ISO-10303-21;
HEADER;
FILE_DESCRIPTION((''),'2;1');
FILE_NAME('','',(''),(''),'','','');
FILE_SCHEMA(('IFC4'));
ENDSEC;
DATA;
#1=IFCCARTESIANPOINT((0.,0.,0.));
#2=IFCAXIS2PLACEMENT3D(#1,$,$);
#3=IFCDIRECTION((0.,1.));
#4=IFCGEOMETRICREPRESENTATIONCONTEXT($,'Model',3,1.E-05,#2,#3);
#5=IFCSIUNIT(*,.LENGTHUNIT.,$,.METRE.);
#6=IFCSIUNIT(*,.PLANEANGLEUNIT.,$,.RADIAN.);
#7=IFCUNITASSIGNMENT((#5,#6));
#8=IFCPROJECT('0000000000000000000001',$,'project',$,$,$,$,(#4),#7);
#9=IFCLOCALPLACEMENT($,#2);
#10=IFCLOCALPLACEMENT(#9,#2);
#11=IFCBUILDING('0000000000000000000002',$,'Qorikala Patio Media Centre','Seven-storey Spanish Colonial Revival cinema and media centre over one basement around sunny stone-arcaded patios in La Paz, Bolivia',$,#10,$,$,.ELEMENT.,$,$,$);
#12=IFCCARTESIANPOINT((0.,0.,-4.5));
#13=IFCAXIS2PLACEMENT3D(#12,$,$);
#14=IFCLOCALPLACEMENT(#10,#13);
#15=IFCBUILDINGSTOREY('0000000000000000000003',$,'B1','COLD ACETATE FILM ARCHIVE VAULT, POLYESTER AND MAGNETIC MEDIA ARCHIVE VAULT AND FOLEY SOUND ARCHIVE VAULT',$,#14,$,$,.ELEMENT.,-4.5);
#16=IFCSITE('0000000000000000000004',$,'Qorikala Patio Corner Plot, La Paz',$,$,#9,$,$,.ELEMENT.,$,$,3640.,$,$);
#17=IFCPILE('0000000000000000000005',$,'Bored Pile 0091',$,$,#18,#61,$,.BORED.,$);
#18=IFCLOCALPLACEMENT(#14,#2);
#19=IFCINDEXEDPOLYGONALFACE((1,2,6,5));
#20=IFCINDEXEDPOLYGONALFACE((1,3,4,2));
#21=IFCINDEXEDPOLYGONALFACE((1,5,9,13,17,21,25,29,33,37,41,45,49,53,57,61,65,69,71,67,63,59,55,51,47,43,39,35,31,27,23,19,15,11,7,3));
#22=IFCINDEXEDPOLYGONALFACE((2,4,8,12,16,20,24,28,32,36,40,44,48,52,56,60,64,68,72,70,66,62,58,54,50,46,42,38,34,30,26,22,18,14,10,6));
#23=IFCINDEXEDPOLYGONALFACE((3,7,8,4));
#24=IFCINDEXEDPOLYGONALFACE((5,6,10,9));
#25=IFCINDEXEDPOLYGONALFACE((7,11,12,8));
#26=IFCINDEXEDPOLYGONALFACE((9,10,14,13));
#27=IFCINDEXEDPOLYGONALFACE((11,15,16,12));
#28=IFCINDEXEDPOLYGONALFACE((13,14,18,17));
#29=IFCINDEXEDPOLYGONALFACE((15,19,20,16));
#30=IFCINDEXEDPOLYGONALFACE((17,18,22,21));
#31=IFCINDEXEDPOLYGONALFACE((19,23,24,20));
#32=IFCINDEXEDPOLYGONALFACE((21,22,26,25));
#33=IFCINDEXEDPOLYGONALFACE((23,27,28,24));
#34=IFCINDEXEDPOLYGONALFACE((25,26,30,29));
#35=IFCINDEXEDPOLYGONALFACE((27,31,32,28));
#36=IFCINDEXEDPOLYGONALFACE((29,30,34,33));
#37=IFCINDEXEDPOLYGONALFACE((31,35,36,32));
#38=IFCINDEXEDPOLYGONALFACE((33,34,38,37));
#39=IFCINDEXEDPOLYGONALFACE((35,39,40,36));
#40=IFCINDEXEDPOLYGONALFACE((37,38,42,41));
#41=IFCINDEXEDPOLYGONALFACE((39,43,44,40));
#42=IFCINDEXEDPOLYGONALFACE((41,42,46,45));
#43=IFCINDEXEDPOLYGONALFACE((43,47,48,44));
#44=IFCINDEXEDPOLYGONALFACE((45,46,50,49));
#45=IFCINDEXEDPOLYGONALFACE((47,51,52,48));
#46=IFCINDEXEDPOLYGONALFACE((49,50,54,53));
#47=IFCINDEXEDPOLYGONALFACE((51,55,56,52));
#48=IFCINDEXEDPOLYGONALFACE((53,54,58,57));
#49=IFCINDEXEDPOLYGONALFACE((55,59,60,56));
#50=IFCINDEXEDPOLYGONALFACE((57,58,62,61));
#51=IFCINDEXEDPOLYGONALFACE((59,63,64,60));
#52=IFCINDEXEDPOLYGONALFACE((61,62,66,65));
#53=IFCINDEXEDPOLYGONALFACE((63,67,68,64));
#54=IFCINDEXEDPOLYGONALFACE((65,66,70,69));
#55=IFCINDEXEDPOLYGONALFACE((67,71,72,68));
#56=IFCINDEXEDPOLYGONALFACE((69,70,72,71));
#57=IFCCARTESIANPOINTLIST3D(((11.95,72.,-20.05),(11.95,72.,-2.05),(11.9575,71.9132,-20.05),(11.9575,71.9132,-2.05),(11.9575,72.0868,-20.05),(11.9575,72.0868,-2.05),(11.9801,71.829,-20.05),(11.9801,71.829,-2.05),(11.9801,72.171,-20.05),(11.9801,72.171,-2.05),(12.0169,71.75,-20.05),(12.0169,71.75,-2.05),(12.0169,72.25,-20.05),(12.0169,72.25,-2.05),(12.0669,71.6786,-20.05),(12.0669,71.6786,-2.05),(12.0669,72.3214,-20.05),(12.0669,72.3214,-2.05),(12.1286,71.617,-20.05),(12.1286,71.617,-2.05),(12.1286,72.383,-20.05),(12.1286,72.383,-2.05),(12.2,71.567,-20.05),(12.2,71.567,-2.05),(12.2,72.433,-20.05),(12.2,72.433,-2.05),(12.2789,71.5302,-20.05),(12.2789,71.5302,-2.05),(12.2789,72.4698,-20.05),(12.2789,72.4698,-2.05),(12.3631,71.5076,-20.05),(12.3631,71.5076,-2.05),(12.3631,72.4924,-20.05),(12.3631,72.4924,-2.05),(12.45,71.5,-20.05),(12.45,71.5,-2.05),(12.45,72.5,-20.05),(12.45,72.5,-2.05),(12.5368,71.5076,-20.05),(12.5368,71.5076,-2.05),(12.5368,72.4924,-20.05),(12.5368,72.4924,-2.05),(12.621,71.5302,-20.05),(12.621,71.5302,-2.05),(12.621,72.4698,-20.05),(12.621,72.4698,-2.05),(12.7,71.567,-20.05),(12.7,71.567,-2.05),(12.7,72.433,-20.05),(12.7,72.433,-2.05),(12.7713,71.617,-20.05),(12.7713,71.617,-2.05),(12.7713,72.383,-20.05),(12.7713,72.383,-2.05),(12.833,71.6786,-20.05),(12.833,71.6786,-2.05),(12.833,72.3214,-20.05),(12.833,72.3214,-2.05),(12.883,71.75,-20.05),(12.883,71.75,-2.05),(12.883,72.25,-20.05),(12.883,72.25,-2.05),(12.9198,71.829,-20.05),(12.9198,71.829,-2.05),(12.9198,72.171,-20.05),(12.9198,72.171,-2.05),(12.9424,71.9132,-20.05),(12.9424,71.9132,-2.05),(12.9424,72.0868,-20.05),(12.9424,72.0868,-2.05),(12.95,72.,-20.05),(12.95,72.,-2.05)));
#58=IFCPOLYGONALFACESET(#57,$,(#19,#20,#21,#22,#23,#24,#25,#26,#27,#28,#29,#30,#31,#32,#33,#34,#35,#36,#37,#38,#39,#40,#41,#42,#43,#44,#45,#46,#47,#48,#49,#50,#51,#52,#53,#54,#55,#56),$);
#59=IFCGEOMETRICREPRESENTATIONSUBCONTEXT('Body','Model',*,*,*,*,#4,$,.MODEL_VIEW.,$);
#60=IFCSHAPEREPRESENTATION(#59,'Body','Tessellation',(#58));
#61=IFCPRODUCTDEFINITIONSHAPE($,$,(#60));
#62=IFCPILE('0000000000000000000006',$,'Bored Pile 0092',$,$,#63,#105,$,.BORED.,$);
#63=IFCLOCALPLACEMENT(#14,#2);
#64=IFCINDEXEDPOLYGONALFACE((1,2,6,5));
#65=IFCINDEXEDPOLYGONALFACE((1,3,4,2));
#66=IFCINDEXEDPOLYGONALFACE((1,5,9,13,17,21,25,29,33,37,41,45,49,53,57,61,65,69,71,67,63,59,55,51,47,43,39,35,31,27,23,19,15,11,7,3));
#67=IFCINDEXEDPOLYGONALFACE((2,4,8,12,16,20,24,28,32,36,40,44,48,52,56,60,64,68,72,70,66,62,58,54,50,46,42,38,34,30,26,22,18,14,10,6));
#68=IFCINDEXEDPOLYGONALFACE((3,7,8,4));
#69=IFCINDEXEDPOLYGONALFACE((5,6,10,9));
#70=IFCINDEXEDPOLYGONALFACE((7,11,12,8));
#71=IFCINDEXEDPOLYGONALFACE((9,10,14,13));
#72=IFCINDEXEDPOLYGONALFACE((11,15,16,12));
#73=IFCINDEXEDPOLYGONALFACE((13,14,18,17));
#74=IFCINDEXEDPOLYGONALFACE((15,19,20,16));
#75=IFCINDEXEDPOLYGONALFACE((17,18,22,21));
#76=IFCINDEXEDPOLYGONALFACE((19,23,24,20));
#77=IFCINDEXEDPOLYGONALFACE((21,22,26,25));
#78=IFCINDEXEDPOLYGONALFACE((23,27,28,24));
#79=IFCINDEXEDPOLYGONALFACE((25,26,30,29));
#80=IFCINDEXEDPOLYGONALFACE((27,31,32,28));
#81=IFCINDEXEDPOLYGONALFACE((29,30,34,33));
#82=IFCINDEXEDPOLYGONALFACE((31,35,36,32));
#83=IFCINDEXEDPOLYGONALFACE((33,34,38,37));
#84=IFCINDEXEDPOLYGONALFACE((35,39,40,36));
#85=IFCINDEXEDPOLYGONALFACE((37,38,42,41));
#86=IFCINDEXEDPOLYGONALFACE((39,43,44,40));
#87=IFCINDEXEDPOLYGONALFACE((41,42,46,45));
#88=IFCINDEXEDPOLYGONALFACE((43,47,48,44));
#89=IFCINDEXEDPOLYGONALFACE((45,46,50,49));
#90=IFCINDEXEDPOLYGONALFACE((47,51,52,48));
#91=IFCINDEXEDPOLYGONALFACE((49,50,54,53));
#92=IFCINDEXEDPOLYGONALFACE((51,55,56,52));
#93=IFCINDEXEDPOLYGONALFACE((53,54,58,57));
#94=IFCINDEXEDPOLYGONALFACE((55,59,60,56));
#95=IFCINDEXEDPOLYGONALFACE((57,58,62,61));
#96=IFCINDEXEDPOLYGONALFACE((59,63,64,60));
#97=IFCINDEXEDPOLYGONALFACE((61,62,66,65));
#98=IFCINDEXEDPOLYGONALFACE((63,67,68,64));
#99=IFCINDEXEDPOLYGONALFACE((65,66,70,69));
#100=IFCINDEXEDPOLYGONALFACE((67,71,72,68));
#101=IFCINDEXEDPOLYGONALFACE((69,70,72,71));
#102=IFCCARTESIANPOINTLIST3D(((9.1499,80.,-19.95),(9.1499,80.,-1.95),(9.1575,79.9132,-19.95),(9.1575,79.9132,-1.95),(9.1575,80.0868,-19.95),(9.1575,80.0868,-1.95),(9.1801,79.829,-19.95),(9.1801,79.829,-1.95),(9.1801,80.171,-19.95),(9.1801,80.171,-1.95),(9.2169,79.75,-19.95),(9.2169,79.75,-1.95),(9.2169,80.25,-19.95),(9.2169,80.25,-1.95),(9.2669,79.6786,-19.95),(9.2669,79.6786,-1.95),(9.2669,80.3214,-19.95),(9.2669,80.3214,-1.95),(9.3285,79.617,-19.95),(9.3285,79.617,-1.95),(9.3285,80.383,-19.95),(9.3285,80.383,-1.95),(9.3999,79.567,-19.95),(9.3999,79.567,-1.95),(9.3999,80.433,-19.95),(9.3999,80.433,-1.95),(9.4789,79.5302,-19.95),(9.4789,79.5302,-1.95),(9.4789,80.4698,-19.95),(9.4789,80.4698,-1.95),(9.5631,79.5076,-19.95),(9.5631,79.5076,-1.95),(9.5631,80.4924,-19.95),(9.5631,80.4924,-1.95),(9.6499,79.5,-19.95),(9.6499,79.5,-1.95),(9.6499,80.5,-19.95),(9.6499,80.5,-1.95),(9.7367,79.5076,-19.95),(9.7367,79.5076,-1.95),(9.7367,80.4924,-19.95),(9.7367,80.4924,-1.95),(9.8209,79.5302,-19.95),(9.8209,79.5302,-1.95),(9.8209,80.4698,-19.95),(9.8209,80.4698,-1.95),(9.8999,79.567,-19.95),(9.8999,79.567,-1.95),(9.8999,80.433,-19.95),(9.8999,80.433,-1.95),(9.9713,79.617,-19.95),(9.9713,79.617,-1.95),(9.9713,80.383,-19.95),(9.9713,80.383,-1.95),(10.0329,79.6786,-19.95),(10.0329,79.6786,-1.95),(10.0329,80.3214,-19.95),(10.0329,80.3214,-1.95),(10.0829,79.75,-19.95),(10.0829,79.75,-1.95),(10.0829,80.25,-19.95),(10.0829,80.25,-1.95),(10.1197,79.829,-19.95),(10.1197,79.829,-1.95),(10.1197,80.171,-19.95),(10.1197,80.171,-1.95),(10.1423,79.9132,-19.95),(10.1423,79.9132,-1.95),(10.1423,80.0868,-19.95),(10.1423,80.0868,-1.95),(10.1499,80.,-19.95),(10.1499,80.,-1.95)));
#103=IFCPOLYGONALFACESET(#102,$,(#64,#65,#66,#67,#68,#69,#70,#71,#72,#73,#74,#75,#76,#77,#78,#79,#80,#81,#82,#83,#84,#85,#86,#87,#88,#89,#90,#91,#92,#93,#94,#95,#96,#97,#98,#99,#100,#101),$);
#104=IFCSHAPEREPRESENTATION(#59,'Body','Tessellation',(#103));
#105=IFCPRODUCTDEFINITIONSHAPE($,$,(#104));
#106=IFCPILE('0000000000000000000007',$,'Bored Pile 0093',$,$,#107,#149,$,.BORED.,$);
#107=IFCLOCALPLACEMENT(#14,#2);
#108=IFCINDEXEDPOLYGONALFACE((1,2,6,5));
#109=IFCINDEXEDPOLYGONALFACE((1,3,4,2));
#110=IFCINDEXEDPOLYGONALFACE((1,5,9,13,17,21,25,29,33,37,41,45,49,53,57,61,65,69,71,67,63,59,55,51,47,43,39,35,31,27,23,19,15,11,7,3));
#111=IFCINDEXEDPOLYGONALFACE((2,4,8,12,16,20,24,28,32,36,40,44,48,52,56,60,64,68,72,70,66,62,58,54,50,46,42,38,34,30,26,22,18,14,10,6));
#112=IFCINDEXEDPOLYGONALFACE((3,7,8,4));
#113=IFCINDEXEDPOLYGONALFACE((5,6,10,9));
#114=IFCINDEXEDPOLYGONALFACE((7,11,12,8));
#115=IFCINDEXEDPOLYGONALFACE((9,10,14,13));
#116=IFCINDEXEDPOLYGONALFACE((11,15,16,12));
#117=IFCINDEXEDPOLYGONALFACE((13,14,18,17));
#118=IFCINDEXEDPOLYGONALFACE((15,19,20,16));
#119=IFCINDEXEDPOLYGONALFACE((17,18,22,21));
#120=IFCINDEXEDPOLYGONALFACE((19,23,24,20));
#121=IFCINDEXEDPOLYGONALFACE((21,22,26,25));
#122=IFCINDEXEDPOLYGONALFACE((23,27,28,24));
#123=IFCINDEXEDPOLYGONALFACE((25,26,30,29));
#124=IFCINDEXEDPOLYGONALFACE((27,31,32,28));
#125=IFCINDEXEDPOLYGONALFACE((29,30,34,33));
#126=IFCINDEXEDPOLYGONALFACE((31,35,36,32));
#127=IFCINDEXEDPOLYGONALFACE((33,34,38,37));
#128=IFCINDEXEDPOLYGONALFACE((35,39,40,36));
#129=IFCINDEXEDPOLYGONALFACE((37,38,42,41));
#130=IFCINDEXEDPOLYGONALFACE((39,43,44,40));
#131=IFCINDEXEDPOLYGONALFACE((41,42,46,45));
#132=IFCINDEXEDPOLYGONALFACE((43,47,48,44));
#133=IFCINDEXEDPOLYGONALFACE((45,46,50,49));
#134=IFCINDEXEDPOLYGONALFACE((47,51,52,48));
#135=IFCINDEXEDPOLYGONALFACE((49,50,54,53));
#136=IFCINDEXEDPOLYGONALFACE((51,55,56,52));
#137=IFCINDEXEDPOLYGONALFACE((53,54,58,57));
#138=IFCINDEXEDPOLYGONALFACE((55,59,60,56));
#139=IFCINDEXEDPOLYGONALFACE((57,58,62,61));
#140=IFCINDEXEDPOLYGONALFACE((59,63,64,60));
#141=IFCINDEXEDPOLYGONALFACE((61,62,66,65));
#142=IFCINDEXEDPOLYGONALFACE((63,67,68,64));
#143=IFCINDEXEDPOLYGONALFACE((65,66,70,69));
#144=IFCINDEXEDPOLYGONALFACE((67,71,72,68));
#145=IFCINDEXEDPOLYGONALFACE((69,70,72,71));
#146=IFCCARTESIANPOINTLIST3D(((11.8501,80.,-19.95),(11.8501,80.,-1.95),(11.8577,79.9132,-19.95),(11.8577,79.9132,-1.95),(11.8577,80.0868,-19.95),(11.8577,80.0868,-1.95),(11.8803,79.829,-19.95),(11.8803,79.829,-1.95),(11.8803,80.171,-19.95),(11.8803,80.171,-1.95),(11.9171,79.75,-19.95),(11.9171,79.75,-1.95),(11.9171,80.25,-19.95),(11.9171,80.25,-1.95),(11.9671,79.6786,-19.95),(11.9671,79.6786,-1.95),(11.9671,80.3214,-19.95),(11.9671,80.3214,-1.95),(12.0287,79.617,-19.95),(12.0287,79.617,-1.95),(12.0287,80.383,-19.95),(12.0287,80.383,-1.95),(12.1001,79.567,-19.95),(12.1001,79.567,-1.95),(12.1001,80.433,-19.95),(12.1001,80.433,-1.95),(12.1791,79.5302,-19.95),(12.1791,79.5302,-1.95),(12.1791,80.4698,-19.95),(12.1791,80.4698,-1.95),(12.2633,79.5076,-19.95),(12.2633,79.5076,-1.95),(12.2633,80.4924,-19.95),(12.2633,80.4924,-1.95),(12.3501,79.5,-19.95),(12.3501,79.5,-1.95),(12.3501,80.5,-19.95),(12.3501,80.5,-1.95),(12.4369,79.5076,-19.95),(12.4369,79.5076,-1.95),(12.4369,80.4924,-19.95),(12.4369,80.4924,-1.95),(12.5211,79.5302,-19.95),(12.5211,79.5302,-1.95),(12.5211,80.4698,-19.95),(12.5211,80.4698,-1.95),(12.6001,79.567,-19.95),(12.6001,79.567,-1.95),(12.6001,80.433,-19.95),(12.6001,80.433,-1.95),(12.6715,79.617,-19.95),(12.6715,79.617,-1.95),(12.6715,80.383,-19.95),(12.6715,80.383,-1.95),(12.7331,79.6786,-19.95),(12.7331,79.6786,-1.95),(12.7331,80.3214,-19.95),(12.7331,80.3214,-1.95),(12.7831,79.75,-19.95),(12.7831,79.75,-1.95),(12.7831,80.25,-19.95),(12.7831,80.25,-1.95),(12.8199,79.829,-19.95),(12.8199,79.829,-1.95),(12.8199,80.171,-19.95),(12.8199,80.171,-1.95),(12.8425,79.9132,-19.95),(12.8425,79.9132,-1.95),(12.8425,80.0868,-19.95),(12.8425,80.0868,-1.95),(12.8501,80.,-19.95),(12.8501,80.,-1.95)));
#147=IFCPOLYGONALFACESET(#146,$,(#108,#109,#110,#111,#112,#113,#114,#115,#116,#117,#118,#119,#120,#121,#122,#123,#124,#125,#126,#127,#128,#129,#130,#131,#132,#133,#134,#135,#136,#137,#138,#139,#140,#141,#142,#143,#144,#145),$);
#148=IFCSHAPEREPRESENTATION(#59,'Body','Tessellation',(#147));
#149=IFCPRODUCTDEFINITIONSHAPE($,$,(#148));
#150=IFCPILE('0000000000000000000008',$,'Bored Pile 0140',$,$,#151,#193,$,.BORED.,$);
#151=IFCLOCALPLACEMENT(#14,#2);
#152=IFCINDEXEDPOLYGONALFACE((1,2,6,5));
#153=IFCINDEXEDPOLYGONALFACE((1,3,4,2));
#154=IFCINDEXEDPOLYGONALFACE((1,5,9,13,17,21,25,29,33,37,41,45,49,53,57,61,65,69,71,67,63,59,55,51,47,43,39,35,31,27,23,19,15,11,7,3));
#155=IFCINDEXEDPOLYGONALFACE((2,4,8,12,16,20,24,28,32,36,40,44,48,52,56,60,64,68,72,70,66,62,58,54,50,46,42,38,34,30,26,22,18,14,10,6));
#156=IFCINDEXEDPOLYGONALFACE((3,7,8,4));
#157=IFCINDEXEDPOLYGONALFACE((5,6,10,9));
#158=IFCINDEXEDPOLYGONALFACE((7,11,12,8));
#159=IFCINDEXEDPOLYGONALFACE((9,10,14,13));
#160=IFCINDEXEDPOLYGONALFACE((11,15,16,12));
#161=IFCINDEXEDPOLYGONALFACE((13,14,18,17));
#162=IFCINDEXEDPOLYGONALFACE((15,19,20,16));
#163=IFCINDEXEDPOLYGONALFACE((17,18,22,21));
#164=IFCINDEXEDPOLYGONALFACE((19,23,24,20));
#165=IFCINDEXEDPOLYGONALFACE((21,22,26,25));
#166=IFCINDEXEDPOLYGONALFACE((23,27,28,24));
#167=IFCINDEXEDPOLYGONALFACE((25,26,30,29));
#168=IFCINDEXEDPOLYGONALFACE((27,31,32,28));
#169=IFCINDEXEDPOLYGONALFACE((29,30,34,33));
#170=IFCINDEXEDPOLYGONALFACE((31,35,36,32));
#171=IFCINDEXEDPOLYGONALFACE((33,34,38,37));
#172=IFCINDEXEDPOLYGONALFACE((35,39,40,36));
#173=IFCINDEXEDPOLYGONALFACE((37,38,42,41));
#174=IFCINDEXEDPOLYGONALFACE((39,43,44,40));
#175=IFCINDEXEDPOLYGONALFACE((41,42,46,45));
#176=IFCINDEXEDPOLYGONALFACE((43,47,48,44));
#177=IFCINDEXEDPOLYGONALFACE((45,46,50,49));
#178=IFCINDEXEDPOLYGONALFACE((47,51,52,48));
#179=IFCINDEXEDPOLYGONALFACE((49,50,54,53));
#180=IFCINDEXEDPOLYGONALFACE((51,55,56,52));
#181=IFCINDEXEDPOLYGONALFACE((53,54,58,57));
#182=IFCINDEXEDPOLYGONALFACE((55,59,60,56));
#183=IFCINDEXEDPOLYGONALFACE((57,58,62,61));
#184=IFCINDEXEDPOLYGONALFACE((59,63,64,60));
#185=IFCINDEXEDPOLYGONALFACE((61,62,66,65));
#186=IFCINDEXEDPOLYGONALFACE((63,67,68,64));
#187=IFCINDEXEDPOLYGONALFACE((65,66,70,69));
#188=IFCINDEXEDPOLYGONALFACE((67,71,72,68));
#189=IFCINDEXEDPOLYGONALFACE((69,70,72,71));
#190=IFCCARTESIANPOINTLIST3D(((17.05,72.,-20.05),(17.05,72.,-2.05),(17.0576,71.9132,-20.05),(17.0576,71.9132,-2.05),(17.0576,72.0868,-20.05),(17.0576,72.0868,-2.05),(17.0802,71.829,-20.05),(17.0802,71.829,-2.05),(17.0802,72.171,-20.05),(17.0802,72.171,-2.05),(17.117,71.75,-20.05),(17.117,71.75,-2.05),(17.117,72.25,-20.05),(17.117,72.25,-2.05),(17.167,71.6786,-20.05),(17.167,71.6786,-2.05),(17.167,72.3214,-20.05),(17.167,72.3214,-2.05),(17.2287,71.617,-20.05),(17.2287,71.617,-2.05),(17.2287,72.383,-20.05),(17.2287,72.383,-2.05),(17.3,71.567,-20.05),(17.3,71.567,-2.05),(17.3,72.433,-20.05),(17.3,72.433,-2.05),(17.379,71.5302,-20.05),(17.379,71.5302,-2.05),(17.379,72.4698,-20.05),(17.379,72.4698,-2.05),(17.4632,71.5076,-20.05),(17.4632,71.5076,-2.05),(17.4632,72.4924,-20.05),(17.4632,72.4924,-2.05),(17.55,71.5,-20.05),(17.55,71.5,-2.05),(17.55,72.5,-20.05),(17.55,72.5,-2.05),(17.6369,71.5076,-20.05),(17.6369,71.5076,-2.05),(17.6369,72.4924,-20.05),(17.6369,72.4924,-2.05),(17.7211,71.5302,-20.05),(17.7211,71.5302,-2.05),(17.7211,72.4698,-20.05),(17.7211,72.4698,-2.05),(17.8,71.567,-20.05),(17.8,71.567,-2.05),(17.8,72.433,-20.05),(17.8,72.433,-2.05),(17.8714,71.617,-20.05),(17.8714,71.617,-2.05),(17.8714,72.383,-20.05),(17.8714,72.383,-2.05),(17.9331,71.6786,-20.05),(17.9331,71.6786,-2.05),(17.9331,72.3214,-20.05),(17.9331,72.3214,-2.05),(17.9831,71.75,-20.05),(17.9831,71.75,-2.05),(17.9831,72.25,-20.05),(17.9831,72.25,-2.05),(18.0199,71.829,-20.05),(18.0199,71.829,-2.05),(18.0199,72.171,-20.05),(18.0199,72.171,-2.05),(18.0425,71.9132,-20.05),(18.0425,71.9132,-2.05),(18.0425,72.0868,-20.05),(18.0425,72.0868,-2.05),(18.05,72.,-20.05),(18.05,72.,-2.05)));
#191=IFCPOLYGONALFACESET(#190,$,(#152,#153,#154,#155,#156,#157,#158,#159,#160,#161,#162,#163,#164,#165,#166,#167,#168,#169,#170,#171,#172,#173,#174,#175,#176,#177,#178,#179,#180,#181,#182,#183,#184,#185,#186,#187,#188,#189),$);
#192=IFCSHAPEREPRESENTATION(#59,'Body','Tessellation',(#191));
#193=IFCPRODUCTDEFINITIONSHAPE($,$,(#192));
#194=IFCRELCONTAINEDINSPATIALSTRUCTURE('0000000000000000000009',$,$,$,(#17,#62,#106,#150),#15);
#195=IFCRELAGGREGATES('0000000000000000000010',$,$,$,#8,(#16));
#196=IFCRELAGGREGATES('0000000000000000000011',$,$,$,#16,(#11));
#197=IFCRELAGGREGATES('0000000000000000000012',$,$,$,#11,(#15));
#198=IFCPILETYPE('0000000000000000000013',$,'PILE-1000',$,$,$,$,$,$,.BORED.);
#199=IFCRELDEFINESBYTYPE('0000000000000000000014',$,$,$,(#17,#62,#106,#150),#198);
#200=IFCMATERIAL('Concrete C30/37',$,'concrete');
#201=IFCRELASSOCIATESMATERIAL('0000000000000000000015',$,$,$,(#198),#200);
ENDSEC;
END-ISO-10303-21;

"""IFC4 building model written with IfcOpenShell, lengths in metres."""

from ifc_helpers import new_model, si_unit, direction, frame, origin, origin_2d, place, context, subcontext, project, spatial, circle, extrude, material, material_profile, profile_set, type_object, element, save


model = new_model("IFC4")

# Units and contexts
model_context = context("Model", 3, precision=1e-05, world=origin(), true_north=direction((0.0, 1.0)))
body_context = subcontext(model_context, "Body", "Model", "MODEL_VIEW")
ifc_project = project(units=[si_unit("LENGTHUNIT", "METRE"), si_unit("PLANEANGLEUNIT", "RADIAN")], contexts=[model_context])

# Site, building, storey
site_placement = place(None, origin())
site = spatial("IfcSite", under=ifc_project, at=site_placement, Name="Qorikala Patio Corner Plot, La Paz", CompositionType="ELEMENT", RefElevation=3640.0)
building_placement = place(site_placement, origin())
building = spatial("IfcBuilding", under=site, at=building_placement, Name="Qorikala Patio Media Centre", Description="Seven-storey Spanish Colonial Revival cinema and media centre over one basement around sunny stone-arcaded patios in La Paz, Bolivia", CompositionType="ELEMENT")
storey_placement = place(building_placement, frame((0.0, 0.0, -4.5)))
storey = spatial("IfcBuildingStorey", under=building, at=storey_placement, Name="B1", Description="COLD ACETATE FILM ARCHIVE VAULT, POLYESTER AND MAGNETIC MEDIA ARCHIVE VAULT AND FOLEY SOUND ARCHIVE VAULT", CompositionType="ELEMENT", Elevation=-4.5)

# Shared definitions
ifc_material_1 = material(Name="Concrete C30/37", Category="concrete")

# Piles
ifc_material_profile_1 = material_profile(ifc_material_1, circle(Radius=0.5, at=origin_2d()), Name="BORED PILE 1000")
ifc_profile_set_1 = profile_set([ifc_material_profile_1], Name="Concrete C30/37")
pile_type_1 = type_object("IfcPileType", Name="PILE-1000", PredefinedType="BORED", material=ifc_profile_set_1)
for number, where, z_axis, x_axis, name in (
    (1, (12.45, 72.0, -2.05), (0.0, 0.0, -1.0), (1.0, 0.0, 0.0), "Bored Pile 0091"),
    (2, (9.6499, 80.0, -1.95), (0.0, 0.0, -1.0), (1.0, 0.0, 0.0), "Bored Pile 0092"),
    (3, (12.3501, 80.0, -1.95), (0.0, 0.0, -1.0), (1.0, 0.0, 0.0), "Bored Pile 0093"),
    (4, (17.55, 72.0, -2.05), (0.0, 0.0, -1.0), (1.0, 0.0, 0.0), "Bored Pile 0140"),
):
    element("IfcPile", number, at=place(storey_placement, frame(where, z_axis=z_axis, x_axis=x_axis)), inside=storey, type_object=pile_type_1, Name=name, PredefinedType="BORED", context=body_context, shape_type="SweptSolid", body=[
        extrude(circle(Radius=0.5, at=origin_2d()), origin(), (0.0, 0.0, 1.0), 18.0),
    ])

save(model, "model.ifc")
